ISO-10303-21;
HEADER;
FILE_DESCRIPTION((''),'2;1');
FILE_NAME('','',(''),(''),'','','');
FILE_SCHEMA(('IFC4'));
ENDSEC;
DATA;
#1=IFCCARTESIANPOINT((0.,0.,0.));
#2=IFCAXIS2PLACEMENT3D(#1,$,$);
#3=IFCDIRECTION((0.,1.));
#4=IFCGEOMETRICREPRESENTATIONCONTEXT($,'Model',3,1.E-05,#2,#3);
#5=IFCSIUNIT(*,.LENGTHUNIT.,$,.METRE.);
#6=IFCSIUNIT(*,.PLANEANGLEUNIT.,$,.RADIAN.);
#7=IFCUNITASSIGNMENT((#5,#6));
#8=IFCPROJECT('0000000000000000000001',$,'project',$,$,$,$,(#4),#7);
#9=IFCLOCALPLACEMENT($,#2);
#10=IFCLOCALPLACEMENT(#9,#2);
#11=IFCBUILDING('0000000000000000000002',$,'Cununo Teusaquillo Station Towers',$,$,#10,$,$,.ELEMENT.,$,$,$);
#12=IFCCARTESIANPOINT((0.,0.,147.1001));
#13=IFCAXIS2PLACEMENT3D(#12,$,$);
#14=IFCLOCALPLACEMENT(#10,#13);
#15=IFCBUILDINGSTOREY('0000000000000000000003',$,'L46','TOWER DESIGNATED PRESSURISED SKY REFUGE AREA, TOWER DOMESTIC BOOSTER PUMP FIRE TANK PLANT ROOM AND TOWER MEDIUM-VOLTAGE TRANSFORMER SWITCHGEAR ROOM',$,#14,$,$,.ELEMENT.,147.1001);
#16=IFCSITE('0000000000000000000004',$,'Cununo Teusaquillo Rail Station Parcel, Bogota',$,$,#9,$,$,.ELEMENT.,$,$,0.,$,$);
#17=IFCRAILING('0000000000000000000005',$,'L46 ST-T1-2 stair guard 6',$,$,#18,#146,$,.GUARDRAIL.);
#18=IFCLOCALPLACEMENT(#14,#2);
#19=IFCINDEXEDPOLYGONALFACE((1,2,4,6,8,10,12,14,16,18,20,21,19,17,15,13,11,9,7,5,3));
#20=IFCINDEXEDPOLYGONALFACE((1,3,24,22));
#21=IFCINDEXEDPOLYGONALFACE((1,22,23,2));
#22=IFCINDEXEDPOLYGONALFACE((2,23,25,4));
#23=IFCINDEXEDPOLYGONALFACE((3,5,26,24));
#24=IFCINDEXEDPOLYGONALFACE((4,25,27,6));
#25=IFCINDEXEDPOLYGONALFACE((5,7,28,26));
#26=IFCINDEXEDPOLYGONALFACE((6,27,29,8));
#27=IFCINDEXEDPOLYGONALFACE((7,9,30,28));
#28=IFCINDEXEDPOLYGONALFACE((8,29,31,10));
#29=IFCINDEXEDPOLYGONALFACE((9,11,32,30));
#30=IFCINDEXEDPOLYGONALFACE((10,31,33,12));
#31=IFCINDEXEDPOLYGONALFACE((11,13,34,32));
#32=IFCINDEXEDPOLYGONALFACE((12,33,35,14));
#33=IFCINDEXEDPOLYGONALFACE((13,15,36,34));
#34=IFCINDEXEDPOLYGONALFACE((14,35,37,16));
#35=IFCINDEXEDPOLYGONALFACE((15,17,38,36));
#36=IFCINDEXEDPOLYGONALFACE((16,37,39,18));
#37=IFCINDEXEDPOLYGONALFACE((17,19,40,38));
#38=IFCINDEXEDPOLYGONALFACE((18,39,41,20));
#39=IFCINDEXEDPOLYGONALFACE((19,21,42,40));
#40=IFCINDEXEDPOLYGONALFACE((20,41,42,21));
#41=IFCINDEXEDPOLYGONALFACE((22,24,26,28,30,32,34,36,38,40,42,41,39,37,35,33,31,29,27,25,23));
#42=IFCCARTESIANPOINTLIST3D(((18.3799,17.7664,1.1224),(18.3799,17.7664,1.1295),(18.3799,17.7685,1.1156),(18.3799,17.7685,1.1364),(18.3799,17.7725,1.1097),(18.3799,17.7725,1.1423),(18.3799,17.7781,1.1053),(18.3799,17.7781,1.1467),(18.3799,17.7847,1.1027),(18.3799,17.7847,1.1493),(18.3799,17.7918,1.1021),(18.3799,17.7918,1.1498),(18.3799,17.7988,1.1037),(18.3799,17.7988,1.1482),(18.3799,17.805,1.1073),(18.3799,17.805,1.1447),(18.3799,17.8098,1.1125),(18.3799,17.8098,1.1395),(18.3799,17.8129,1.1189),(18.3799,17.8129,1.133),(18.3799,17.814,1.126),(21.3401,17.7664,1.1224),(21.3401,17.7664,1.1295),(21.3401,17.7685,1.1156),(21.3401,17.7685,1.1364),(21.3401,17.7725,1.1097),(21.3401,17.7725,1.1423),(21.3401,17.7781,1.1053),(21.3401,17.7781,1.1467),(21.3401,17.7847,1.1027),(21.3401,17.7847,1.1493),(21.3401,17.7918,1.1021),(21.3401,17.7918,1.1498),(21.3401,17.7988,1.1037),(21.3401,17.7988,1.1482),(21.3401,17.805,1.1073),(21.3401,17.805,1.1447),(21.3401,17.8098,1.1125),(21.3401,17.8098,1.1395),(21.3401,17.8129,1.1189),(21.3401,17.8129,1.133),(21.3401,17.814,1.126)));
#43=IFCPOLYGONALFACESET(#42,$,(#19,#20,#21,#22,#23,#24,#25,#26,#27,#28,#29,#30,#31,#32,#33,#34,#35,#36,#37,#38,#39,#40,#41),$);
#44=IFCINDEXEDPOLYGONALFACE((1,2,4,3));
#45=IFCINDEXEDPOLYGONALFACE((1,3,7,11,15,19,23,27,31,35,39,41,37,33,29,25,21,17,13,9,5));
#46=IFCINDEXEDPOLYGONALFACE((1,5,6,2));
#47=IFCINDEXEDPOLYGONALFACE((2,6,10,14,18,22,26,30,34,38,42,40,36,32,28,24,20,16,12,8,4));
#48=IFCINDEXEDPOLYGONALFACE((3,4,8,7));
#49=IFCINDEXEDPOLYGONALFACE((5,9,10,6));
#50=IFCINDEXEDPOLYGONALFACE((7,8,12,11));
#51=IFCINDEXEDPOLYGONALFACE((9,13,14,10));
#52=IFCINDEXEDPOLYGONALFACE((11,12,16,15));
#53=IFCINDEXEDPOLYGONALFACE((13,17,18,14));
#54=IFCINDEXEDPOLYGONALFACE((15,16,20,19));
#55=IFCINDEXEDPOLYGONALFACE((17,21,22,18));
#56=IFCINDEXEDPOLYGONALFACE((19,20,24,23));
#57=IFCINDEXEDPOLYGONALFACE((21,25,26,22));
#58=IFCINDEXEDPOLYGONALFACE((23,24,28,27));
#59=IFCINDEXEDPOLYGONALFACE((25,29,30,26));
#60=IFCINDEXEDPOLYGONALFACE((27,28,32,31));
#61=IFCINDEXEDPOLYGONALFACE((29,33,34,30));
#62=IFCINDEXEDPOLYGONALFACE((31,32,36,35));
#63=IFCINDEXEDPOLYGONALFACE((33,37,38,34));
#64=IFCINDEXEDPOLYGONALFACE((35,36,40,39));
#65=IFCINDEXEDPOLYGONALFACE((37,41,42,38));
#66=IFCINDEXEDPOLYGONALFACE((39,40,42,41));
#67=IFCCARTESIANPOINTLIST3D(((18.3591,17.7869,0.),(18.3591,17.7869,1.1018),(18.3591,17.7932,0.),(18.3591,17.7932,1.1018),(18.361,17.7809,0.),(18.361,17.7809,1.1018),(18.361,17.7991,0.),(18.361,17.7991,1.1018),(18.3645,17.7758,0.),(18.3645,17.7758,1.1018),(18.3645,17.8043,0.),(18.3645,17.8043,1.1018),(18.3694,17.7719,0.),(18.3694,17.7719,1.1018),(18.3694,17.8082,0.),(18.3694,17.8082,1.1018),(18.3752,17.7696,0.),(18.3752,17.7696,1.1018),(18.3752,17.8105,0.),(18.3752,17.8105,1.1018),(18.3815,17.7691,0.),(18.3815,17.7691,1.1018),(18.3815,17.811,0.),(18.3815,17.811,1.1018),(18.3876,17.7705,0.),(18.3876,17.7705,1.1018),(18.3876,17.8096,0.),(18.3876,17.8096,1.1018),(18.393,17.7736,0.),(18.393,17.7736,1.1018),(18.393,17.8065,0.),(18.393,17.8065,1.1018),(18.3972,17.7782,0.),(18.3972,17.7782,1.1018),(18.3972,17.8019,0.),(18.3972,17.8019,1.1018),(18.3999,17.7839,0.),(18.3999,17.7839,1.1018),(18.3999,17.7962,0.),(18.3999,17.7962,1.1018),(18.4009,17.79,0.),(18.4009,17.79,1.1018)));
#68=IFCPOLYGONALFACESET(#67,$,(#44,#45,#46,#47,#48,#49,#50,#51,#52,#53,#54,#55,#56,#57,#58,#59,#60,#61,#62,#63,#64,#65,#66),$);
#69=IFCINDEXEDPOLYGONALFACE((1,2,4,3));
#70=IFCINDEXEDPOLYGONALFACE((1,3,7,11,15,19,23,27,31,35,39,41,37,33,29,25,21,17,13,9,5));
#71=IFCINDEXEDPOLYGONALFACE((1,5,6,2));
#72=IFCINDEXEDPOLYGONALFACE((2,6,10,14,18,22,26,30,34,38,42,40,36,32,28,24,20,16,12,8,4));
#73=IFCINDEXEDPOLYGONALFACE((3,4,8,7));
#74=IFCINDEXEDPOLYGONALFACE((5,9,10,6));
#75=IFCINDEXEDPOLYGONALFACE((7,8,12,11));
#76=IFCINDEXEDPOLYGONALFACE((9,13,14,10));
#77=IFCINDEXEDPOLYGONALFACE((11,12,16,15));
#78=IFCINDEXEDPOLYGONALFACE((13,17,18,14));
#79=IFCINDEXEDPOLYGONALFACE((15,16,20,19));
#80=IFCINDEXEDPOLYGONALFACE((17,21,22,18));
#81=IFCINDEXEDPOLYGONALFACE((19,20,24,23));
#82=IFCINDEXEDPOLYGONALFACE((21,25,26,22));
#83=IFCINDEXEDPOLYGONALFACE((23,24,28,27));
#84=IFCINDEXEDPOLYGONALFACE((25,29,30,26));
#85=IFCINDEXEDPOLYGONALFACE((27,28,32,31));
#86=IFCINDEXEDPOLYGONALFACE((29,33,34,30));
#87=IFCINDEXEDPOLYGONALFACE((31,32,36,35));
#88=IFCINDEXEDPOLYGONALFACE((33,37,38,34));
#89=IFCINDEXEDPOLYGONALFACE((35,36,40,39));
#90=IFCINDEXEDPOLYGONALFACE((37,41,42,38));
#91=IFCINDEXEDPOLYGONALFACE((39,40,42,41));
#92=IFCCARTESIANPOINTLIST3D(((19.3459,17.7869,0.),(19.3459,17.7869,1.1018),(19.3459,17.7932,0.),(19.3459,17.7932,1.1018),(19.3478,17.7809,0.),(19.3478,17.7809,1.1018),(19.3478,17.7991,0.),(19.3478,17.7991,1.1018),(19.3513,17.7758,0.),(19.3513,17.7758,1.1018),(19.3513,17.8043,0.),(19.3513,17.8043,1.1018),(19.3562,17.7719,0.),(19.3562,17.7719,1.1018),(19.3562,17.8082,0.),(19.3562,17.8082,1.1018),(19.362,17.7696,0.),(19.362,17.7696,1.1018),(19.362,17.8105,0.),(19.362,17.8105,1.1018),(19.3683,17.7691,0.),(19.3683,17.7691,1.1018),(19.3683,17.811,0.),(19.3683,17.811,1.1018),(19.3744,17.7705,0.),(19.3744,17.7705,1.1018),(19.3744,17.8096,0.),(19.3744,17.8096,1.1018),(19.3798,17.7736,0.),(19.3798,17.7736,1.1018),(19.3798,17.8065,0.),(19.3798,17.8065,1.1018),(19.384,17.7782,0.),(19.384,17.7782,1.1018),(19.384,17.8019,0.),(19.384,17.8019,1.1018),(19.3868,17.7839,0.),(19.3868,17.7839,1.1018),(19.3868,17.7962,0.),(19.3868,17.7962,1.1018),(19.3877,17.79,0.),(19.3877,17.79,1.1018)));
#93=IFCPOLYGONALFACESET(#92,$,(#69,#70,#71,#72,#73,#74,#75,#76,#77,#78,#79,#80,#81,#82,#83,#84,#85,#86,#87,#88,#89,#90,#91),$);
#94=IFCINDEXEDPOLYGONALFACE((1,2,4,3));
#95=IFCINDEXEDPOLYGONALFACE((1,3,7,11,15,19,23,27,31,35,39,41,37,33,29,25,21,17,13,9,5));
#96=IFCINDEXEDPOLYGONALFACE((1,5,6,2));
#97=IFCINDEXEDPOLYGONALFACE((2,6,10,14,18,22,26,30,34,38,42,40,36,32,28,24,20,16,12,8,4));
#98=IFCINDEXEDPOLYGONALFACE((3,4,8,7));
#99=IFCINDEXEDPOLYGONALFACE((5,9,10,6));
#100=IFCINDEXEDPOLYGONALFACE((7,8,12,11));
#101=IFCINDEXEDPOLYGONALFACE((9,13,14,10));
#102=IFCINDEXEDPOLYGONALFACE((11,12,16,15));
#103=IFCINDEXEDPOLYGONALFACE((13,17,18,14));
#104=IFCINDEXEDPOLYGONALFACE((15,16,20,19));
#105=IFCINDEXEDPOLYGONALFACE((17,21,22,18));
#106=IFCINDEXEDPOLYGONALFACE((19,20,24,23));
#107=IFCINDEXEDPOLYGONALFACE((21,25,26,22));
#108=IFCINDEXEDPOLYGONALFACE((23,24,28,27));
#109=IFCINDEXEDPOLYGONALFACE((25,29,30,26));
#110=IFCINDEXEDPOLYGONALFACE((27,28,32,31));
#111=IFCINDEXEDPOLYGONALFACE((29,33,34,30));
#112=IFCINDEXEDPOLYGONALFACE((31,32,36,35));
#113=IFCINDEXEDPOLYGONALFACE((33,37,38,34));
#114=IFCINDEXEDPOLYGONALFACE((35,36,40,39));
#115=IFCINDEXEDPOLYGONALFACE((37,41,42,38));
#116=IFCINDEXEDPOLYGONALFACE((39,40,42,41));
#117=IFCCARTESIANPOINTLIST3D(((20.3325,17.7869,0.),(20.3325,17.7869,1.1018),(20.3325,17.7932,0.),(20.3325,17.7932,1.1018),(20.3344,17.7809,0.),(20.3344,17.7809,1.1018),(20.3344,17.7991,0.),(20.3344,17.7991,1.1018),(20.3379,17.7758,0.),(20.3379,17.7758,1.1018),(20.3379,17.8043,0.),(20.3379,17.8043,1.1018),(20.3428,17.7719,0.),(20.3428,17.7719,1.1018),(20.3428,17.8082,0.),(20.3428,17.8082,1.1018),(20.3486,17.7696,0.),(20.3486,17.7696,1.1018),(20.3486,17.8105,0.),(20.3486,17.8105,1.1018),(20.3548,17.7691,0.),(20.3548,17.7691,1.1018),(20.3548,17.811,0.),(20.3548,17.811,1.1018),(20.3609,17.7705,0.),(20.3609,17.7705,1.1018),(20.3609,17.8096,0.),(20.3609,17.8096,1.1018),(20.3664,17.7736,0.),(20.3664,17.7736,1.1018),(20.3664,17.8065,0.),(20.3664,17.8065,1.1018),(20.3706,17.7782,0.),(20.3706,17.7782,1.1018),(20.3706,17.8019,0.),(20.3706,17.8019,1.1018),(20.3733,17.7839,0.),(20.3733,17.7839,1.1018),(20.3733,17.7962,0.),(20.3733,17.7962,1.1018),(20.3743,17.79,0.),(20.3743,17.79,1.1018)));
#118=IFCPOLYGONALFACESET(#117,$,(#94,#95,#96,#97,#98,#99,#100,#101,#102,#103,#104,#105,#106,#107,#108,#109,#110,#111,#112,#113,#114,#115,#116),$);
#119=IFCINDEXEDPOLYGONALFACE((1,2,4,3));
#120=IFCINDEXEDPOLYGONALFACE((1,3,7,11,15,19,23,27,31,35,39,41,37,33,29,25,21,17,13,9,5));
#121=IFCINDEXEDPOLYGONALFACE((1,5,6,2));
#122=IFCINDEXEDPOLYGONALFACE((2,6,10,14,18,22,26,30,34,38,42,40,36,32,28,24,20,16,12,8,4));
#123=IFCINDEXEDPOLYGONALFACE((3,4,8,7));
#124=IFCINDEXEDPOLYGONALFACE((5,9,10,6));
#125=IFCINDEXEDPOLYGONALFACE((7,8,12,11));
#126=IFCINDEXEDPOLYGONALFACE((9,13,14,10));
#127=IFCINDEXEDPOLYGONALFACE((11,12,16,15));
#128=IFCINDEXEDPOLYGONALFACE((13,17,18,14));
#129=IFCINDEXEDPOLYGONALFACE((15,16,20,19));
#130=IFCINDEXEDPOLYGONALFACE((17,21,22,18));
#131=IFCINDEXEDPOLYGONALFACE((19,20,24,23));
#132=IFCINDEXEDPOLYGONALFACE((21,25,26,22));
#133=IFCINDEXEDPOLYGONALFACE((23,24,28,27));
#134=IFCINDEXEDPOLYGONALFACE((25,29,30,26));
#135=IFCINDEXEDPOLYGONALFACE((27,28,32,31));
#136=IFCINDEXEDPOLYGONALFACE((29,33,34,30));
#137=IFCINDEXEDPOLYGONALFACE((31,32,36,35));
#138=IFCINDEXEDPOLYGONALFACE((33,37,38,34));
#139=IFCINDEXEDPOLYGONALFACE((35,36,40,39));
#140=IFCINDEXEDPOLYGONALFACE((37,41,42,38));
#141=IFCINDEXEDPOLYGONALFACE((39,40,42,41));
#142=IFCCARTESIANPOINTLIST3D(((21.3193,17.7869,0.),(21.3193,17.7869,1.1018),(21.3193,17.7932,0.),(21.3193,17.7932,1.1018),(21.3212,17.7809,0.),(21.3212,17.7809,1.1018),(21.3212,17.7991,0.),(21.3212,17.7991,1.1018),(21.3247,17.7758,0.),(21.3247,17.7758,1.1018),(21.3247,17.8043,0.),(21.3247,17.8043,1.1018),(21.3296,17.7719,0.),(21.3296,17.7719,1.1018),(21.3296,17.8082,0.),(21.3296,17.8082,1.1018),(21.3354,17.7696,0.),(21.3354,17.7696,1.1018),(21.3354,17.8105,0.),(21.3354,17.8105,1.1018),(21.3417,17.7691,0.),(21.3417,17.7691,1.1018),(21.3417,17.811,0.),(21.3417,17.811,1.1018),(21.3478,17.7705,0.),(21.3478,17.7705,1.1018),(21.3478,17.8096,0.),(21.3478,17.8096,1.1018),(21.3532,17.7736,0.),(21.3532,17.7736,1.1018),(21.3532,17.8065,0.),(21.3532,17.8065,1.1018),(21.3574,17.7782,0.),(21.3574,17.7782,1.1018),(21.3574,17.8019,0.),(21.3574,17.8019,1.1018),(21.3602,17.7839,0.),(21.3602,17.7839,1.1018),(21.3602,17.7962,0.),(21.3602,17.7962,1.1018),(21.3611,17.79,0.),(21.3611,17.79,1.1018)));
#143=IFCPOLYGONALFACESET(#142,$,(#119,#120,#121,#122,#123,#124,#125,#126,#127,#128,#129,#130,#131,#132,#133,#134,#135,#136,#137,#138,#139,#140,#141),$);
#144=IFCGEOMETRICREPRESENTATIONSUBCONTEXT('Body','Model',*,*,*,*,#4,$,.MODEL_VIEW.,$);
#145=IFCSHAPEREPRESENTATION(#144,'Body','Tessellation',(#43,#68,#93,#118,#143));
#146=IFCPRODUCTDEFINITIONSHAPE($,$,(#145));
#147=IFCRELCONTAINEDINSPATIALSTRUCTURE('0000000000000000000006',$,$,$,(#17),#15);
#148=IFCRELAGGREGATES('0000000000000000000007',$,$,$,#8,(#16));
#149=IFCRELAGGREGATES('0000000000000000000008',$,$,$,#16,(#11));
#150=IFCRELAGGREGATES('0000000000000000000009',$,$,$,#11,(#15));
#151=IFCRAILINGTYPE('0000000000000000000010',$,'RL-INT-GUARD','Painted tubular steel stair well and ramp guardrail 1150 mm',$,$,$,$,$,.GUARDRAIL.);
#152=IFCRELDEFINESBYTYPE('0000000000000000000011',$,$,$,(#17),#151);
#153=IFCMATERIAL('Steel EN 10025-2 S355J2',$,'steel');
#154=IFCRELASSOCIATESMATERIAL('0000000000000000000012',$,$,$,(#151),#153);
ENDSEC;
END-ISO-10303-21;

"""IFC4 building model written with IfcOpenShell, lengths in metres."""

from ifc_helpers import new_model, si_unit, direction, frame, origin, origin_2d, place, context, subcontext, project, spatial, circle, extrude, material, type_object, element, save


model = new_model("IFC4")

# Units and contexts
model_context = context("Model", 3, precision=1e-05, world=origin(), true_north=direction((0.0, 1.0)))
body_context = subcontext(model_context, "Body", "Model", "MODEL_VIEW")
ifc_project = project(units=[si_unit("LENGTHUNIT", "METRE"), si_unit("PLANEANGLEUNIT", "RADIAN")], contexts=[model_context])

# Site, building, storey
site_placement = place(None, origin())
site = spatial("IfcSite", under=ifc_project, at=site_placement, Name="Cununo Teusaquillo Rail Station Parcel, Bogota", CompositionType="ELEMENT", RefElevation=0.0)
building_placement = place(site_placement, origin())
building = spatial("IfcBuilding", under=site, at=building_placement, Name="Cununo Teusaquillo Station Towers", CompositionType="ELEMENT")
storey_placement = place(building_placement, frame((0.0, 0.0, 147.1001)))
storey = spatial("IfcBuildingStorey", under=building, at=storey_placement, Name="L46", Description="TOWER DESIGNATED PRESSURISED SKY REFUGE AREA, TOWER DOMESTIC BOOSTER PUMP FIRE TANK PLANT ROOM AND TOWER MEDIUM-VOLTAGE TRANSFORMER SWITCHGEAR ROOM", CompositionType="ELEMENT", Elevation=147.1001)

# Railing
ifc_material_1 = material(Name="Steel EN 10025-2 S355J2", Category="steel")
railing_type_1 = type_object("IfcRailingType", Name="RL-INT-GUARD", Description="Painted tubular steel stair well and ramp guardrail 1150 mm", PredefinedType="GUARDRAIL", material=ifc_material_1)
railing_1_placement = place(storey_placement, frame((18.3799, 17.79, 0.0)))
element("IfcRailing", 1, at=railing_1_placement, inside=storey, type_object=railing_type_1, Name="L46 ST-T1-2 stair guard 6", PredefinedType="GUARDRAIL", context=body_context, shape_type="SweptSolid", body=[
    extrude(circle(Radius=0.0239, at=origin_2d()), frame((0.0, 0.0, 1.126), z_axis=(1.0, 0.0, 0.0), x_axis=(0.0, 1.0, 0.0)), (0.0, 0.0, 1.0), 2.9602),
    extrude(circle(Radius=0.021, at=origin_2d()), origin(), (0.0, 0.0, 1.0), 1.1018),
    extrude(circle(Radius=0.021, at=origin_2d()), frame((0.9868, 0.0, 0.0)), (0.0, 0.0, 1.0), 1.1018),
    extrude(circle(Radius=0.021, at=origin_2d()), frame((1.9734, 0.0, 0.0)), (0.0, 0.0, 1.0), 1.1018),
    extrude(circle(Radius=0.021, at=origin_2d()), frame((2.9602, 0.0, 0.0)), (0.0, 0.0, 1.0), 1.1018),
])

save(model, "model.ifc")
